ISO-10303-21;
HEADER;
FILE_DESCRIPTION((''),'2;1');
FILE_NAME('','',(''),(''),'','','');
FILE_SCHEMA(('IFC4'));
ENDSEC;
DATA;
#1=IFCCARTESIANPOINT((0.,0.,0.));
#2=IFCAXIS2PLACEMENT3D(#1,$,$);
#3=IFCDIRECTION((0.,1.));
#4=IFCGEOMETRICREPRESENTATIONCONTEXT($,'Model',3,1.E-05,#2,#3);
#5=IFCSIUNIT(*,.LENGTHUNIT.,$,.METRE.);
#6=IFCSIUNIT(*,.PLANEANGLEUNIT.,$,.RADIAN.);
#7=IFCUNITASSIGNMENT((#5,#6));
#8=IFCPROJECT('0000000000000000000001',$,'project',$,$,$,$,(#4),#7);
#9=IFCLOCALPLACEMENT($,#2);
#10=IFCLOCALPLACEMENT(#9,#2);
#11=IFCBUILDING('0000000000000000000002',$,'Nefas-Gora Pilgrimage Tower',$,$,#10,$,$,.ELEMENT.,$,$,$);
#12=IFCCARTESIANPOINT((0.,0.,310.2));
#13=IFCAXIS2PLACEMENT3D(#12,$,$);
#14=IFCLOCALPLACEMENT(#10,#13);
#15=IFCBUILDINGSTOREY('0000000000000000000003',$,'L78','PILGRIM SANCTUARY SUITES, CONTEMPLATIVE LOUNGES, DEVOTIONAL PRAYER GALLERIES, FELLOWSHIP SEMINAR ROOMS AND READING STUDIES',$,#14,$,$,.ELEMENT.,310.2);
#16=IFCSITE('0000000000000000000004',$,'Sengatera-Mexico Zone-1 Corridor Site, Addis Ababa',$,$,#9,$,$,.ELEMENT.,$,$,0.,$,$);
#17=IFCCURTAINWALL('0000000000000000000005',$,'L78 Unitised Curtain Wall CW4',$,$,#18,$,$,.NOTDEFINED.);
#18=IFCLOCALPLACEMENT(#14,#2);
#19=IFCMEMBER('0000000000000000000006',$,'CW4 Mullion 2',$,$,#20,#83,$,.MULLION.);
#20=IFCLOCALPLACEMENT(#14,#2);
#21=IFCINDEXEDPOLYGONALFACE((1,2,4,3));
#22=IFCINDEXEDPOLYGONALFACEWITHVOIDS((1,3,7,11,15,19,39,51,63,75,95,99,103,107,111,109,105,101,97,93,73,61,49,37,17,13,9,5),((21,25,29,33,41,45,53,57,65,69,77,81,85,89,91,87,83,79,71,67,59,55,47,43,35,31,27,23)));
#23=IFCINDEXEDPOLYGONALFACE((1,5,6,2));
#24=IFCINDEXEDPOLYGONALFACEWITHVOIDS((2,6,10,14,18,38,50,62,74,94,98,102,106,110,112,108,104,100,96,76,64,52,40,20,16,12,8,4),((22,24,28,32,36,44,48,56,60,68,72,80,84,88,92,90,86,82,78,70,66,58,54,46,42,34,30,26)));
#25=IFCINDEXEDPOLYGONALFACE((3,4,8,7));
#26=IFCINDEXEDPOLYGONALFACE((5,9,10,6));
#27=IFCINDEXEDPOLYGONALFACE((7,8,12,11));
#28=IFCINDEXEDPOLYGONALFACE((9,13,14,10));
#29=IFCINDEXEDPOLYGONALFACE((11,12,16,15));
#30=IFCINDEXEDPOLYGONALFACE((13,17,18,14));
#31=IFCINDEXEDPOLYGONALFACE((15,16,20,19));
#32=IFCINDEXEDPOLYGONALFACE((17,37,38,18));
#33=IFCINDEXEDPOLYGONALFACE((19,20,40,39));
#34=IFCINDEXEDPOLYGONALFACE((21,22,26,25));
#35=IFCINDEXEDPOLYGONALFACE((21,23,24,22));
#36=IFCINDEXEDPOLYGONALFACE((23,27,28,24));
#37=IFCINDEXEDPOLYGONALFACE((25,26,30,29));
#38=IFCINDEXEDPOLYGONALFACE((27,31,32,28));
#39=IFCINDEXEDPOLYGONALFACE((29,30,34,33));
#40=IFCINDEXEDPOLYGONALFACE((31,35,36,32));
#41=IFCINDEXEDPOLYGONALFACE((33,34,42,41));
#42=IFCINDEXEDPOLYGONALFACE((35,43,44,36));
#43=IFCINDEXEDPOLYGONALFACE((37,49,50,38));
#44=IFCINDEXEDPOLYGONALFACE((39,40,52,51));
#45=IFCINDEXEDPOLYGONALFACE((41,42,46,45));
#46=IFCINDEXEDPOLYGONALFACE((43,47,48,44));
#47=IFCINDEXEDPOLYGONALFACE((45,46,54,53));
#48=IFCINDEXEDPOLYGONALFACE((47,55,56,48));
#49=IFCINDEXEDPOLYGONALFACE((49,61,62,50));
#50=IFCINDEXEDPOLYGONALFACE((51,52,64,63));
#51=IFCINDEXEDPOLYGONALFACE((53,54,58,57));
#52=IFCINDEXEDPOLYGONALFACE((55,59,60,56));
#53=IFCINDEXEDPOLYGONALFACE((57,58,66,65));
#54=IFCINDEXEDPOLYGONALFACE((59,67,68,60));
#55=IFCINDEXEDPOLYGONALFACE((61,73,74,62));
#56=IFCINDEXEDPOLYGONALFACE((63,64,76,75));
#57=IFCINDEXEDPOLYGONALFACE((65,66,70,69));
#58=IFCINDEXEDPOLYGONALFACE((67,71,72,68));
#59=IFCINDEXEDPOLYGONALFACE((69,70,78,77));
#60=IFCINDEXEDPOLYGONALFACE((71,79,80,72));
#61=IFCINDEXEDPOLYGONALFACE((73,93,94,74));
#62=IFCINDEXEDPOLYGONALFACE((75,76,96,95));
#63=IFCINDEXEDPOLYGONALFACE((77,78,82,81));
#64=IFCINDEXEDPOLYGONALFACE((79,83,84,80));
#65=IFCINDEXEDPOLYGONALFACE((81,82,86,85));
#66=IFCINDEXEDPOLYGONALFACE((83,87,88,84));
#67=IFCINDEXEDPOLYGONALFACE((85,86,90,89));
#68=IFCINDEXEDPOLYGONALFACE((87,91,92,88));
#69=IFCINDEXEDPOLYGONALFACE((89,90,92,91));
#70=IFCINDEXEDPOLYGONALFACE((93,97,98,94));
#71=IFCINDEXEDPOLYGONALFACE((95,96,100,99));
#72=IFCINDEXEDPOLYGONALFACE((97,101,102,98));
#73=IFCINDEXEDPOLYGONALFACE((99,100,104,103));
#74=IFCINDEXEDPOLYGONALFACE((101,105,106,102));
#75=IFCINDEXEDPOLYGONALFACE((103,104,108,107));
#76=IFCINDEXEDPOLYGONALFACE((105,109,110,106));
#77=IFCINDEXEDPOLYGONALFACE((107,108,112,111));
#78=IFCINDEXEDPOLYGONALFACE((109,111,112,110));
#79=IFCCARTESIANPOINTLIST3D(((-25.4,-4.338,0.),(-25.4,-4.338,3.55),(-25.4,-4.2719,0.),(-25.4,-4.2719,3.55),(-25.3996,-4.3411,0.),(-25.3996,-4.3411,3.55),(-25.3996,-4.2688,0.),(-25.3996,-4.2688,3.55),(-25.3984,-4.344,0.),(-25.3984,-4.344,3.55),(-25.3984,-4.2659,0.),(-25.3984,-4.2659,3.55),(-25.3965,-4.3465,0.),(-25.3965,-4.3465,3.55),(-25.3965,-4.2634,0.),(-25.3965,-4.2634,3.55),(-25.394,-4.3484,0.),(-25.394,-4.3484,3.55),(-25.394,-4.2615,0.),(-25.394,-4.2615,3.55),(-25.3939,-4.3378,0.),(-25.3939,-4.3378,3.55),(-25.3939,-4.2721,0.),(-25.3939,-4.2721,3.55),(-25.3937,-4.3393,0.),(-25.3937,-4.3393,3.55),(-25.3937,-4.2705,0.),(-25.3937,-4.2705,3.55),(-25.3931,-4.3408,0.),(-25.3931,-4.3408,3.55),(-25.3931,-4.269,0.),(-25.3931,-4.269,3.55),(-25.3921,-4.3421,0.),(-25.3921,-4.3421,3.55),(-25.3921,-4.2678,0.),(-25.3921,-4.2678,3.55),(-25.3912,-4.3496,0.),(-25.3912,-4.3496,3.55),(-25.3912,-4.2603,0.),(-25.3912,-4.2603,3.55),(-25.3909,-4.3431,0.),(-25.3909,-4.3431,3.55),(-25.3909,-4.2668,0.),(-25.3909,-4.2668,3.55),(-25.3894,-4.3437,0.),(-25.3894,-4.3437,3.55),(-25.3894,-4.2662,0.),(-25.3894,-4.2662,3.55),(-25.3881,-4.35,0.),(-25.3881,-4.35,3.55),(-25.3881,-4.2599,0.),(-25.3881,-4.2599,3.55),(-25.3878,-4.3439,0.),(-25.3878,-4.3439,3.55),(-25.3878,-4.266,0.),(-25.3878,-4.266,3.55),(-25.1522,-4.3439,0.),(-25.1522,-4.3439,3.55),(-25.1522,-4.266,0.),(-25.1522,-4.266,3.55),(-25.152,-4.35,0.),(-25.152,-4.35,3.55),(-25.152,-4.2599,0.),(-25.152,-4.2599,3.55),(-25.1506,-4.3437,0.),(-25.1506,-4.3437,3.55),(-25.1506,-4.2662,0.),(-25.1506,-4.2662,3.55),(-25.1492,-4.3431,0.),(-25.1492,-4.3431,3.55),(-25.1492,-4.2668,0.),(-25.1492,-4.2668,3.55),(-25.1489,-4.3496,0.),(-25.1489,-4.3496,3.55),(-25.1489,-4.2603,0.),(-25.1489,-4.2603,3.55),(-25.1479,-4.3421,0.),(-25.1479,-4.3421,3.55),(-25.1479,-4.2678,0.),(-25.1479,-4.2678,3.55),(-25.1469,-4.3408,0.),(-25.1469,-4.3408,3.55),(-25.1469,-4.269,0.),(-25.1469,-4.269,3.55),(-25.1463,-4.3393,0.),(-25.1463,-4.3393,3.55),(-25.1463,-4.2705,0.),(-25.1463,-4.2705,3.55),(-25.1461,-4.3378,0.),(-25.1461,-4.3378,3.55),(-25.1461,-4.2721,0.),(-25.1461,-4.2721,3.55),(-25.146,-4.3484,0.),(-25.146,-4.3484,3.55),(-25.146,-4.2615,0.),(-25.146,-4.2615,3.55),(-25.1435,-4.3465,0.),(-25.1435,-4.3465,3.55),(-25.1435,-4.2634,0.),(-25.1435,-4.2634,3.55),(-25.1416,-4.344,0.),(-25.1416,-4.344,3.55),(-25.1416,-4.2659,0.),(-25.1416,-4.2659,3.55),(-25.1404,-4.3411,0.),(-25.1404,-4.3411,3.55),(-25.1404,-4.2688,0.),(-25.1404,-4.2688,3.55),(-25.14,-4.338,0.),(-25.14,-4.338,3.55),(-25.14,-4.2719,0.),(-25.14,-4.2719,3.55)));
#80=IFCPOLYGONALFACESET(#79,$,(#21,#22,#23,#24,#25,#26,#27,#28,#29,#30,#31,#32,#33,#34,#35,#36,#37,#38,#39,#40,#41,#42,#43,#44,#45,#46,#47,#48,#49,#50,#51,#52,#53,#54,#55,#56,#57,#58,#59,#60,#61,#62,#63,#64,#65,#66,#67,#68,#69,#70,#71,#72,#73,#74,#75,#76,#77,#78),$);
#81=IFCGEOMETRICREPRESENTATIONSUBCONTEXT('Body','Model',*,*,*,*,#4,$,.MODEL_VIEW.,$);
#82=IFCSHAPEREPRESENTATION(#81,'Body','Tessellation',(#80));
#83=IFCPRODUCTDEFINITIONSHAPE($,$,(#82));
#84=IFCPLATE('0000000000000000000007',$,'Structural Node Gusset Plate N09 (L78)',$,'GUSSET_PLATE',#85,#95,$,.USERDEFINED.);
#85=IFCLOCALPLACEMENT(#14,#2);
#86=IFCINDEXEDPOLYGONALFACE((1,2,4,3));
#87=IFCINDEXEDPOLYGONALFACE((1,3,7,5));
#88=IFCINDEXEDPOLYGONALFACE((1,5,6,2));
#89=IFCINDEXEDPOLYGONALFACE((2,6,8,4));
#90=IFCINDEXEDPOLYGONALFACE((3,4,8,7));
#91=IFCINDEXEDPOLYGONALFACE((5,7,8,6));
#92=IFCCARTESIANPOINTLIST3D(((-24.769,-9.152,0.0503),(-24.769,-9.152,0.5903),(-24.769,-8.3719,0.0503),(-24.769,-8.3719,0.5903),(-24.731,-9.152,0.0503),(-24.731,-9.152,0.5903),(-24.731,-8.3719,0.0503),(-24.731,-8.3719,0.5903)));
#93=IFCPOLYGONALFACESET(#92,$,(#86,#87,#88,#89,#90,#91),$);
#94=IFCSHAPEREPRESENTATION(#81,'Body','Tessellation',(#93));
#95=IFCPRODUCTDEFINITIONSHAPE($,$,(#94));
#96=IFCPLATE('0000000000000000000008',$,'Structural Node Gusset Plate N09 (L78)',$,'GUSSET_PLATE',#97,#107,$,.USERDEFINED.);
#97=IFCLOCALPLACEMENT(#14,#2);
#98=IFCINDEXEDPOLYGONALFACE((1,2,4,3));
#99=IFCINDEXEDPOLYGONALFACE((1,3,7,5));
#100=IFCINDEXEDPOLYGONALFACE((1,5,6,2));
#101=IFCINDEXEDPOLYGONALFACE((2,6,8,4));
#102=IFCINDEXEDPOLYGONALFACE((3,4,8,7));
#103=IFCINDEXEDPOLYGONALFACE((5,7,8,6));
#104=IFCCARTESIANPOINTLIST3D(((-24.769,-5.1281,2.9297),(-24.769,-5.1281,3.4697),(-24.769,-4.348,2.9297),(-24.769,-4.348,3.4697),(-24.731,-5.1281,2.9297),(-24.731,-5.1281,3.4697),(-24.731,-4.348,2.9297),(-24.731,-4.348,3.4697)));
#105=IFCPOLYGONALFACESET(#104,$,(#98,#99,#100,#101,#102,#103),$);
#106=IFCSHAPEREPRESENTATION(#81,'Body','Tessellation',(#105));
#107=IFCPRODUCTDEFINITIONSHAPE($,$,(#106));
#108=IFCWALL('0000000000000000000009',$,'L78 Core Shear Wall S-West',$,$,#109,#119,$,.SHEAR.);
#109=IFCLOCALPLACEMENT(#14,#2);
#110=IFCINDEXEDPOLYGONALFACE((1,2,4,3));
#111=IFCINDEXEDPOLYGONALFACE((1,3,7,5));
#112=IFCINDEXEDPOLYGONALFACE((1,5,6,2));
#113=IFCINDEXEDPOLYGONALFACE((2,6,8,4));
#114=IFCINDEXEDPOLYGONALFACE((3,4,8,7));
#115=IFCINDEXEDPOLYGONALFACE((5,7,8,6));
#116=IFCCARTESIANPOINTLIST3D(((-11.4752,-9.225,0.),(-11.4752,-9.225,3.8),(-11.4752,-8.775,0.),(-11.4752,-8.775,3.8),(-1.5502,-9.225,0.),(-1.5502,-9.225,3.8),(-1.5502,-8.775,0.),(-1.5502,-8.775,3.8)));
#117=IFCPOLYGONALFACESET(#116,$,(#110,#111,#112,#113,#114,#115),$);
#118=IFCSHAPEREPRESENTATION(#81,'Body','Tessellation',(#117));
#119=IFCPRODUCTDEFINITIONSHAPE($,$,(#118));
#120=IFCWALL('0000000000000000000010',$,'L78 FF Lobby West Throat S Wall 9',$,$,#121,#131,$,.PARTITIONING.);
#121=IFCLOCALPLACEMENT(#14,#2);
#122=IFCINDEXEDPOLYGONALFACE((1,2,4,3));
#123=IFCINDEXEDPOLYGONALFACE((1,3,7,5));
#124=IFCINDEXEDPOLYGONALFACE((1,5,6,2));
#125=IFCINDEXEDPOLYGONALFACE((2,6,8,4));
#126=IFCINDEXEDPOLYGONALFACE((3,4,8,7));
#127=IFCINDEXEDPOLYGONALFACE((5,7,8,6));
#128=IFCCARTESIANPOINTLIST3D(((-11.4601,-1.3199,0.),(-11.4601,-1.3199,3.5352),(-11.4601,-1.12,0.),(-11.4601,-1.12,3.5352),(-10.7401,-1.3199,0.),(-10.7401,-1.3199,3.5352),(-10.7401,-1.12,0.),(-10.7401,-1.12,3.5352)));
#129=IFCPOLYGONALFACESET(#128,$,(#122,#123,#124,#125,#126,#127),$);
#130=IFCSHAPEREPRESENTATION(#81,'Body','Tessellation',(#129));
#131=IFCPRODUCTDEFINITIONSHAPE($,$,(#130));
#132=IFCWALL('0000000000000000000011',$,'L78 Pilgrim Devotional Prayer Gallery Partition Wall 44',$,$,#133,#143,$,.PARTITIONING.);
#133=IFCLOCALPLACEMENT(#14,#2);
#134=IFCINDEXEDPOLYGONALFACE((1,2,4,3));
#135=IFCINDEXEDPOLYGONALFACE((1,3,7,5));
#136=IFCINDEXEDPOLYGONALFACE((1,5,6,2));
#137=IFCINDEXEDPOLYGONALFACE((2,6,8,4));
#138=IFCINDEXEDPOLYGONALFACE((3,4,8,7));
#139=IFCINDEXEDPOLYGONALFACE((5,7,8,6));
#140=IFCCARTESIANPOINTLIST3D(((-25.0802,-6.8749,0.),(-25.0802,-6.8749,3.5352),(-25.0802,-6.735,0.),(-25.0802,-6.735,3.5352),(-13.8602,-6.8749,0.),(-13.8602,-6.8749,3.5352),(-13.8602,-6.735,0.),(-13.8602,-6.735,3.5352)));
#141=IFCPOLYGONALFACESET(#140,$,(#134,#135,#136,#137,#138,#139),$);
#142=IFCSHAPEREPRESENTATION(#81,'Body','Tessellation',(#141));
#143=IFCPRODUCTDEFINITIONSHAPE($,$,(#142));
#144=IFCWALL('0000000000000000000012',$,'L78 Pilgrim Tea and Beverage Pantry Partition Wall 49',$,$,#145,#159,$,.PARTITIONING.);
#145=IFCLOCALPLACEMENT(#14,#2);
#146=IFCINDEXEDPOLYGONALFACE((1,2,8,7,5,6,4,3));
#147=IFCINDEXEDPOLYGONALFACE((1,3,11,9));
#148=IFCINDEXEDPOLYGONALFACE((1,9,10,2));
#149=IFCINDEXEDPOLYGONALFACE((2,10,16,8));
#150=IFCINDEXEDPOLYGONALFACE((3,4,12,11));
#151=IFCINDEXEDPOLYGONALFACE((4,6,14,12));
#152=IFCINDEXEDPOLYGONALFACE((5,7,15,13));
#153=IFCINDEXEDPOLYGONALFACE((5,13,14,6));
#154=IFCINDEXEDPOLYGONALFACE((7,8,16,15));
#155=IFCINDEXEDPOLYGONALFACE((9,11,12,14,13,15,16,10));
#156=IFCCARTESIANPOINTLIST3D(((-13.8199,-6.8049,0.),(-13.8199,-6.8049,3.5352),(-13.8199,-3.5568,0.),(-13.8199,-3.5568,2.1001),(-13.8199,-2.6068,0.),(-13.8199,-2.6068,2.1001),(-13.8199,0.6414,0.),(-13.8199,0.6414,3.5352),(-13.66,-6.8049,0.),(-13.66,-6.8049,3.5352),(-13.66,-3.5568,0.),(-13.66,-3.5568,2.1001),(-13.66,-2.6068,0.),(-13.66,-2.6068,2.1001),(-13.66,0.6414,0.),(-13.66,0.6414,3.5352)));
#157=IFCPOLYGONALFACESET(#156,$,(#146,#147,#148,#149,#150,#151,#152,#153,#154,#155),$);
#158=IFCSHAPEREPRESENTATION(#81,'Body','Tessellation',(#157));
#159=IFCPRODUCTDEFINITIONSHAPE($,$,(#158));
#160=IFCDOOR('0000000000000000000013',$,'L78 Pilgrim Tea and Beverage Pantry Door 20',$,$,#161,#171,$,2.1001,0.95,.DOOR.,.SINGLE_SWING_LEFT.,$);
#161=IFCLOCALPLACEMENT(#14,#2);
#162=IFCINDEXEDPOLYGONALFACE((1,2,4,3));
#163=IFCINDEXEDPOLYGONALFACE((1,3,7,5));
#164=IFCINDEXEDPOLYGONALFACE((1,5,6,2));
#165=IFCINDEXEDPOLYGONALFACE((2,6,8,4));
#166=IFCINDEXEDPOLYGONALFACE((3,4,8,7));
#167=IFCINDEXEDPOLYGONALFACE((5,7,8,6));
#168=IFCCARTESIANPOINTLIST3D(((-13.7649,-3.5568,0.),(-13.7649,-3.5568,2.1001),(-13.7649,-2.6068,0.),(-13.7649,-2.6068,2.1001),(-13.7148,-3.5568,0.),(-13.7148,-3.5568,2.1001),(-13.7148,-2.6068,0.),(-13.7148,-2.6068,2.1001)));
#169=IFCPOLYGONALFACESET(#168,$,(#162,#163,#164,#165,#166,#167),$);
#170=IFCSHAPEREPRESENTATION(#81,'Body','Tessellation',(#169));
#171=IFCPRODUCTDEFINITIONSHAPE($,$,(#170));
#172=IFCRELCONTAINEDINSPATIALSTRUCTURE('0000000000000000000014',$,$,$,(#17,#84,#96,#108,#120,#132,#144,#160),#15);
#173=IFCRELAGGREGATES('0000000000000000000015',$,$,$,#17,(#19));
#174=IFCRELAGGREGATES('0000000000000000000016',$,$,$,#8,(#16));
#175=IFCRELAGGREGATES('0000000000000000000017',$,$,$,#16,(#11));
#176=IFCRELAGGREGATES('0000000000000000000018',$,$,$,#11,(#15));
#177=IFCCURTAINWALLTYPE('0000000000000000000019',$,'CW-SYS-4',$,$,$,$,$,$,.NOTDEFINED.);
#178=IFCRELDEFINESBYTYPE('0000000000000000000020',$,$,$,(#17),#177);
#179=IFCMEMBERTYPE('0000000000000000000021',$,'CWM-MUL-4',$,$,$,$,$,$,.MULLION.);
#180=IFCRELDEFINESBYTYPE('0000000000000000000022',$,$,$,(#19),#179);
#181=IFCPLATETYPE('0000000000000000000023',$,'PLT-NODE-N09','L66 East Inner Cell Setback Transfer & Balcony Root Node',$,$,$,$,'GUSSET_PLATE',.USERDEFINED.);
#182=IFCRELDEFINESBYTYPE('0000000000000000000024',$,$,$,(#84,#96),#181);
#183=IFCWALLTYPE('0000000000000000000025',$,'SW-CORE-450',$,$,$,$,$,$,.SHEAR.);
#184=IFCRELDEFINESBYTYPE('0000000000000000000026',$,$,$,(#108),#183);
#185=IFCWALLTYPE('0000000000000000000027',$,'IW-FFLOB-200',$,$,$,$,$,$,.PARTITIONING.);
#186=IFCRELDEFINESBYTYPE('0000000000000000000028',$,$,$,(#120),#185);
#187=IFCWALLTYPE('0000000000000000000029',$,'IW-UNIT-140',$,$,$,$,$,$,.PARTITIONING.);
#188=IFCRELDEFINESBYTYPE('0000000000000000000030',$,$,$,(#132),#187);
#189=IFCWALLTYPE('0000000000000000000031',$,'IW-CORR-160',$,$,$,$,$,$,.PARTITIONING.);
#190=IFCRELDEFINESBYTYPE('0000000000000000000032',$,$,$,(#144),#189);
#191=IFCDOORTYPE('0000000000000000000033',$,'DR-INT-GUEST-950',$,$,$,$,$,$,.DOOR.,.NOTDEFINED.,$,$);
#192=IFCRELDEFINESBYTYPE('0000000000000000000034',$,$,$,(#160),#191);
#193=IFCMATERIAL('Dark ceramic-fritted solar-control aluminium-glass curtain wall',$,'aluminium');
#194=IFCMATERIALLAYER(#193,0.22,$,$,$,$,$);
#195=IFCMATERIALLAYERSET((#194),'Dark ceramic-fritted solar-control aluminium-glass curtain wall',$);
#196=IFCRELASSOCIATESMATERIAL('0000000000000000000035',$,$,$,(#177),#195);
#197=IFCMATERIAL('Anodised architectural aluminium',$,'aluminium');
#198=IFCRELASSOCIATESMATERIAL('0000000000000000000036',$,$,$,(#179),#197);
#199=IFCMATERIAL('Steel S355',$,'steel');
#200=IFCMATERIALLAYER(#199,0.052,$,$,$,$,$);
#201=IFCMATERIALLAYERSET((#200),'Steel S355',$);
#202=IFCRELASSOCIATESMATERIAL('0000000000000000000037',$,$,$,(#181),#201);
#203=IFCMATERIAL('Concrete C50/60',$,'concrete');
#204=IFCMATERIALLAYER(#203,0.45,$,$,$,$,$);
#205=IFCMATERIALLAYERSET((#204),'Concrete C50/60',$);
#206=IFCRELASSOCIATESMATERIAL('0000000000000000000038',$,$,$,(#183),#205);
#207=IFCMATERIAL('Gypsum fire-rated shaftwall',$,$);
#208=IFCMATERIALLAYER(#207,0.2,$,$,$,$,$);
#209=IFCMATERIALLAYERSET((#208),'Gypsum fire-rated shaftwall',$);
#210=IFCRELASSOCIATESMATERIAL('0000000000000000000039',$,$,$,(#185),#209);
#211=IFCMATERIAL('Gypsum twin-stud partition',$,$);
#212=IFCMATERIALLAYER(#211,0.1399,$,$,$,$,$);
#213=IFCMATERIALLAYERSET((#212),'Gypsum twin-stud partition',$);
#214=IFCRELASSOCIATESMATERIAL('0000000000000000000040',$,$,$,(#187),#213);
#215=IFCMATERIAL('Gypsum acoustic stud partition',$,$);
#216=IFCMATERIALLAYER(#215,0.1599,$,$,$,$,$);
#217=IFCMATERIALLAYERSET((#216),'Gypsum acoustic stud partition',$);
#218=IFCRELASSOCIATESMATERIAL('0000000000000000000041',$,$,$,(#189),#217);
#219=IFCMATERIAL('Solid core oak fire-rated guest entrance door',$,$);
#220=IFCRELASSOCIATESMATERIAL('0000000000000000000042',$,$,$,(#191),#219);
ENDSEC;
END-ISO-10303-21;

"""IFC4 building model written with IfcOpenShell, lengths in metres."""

from ifc_helpers import new_model, si_unit, direction, frame, frame_2d, origin, origin_2d, place, context, subcontext, project, spatial, rectangle, hollow_rectangle, extrude, source, transform, mapped, material, layer, layer_set, material_profile, profile_set, type_object, element, fill, aggregate, save


model = new_model("IFC4")

# Units and contexts
model_context = context("Model", 3, precision=1e-05, world=origin(), true_north=direction((0.0, 1.0)))
body_context = subcontext(model_context, "Body", "Model", "MODEL_VIEW")
ifc_project = project(units=[si_unit("LENGTHUNIT", "METRE"), si_unit("PLANEANGLEUNIT", "RADIAN")], contexts=[model_context])

# Site, building, storey
site_placement = place(None, origin())
site = spatial("IfcSite", under=ifc_project, at=site_placement, Name="Sengatera-Mexico Zone-1 Corridor Site, Addis Ababa", CompositionType="ELEMENT", RefElevation=0.0)
building_placement = place(site_placement, origin())
building = spatial("IfcBuilding", under=site, at=building_placement, Name="Nefas-Gora Pilgrimage Tower", CompositionType="ELEMENT")
storey_placement = place(building_placement, frame((0.0, 0.0, 310.2)))
storey = spatial("IfcBuildingStorey", under=building, at=storey_placement, Name="L78", Description="PILGRIM SANCTUARY SUITES, CONTEMPLATIVE LOUNGES, DEVOTIONAL PRAYER GALLERIES, FELLOWSHIP SEMINAR ROOMS AND READING STUDIES", CompositionType="ELEMENT", Elevation=310.2)

# Shared definitions
ifc_material_1 = material(Name="Steel S355", Category="steel")

# Curtain wall, member
ifc_material_2 = material(Name="Dark ceramic-fritted solar-control aluminium-glass curtain wall", Category="aluminium")
ifc_layer_1 = layer(ifc_material_2, 0.22)
ifc_layer_set_1 = layer_set([ifc_layer_1], Name="Dark ceramic-fritted solar-control aluminium-glass curtain wall")
curtain_wall_type = type_object("IfcCurtainWallType", Name="CW-SYS-4", PredefinedType="NOTDEFINED", material=ifc_layer_set_1)
curtain_wall_placement = place(storey_placement, origin())
curtain_wall = element("IfcCurtainWall", 1, at=curtain_wall_placement, inside=storey, type_object=curtain_wall_type, Name="L78 Unitised Curtain Wall CW4", PredefinedType="NOTDEFINED")
ifc_material_3 = material(Name="Anodised architectural aluminium", Category="aluminium")
ifc_material_profile_1 = material_profile(ifc_material_3, hollow_rectangle(XDim=0.0901, YDim=0.26, WallThickness=0.0061, InnerFilletRadius=0.0061, OuterFilletRadius=0.012, at=origin_2d()), Name="ALU MULLION 90x260")
ifc_profile_set_1 = profile_set([ifc_material_profile_1], Name="Anodised architectural aluminium")
member_type_1 = type_object("IfcMemberType", Name="CWM-MUL-4", PredefinedType="MULLION", material=ifc_profile_set_1)
shared_shape_1 = source(origin(), body_context, "Body", "SweptSolid", [
    extrude(hollow_rectangle(XDim=0.0901, YDim=0.26, WallThickness=0.0061, InnerFilletRadius=0.0061, OuterFilletRadius=0.012, at=origin_2d()), origin(), (0.0, 0.0, 1.0), 3.55),
])
member_1_placement = place(storey_placement, frame((-25.27, -4.3049, 0.0), z_axis=(0.0, 0.0, 1.0), x_axis=(0.0, -1.0, 0.0)))
member_1 = element("IfcMember", 2, at=member_1_placement, type_object=member_type_1, Name="CW4 Mullion 2", PredefinedType="MULLION", context=body_context, shape_type="MappedRepresentation", body=[
    mapped(shared_shape_1, transform((0.0, 0.0, 0.0), x_axis=(1.0, 0.0, 0.0), y_axis=(0.0, 1.0, 0.0), z_axis=(0.0, 0.0, 1.0), scale=1.0)),
])
aggregate(curtain_wall, [member_1])

# Plates
ifc_layer_2 = layer(ifc_material_1, 0.052)
ifc_layer_set_2 = layer_set([ifc_layer_2], Name="Steel S355")
plate_type = type_object("IfcPlateType", Name="PLT-NODE-N09", Description="L66 East Inner Cell Setback Transfer & Balcony Root Node", ElementType="GUSSET_PLATE", PredefinedType="USERDEFINED", material=ifc_layer_set_2)
shared_shape_2 = source(origin(), body_context, "Body", "SweptSolid", [
    extrude(rectangle(XDim=0.78, YDim=0.0381, at=origin_2d()), origin(), (0.0, 0.0, 1.0), 0.54),
])
for number, where, z_axis, x_axis, name in (
    (3, (-24.75, -8.762, 0.0503), (0.0, 0.0, 1.0), (0.0, 1.0, 0.0), "Structural Node Gusset Plate N09 (L78)"),
    (4, (-24.75, -4.738, 2.9297), (0.0, 0.0, 1.0), (0.0, 1.0, 0.0), "Structural Node Gusset Plate N09 (L78)"),
):
    element("IfcPlate", number, at=place(storey_placement, frame(where, z_axis=z_axis, x_axis=x_axis)), inside=storey, type_object=plate_type, Name=name, ObjectType="GUSSET_PLATE", PredefinedType="USERDEFINED", context=body_context, shape_type="MappedRepresentation", body=[
        mapped(shared_shape_2, transform((0.0, 0.0, 0.0), x_axis=(1.0, 0.0, 0.0), y_axis=(0.0, 1.0, 0.0), z_axis=(0.0, 0.0, 1.0), scale=1.0)),
    ])

# Walls
ifc_material_4 = material(Name="Concrete C50/60", Category="concrete")
ifc_layer_3 = layer(ifc_material_4, 0.45)
ifc_layer_set_3 = layer_set([ifc_layer_3], Name="Concrete C50/60")
wall_type_1 = type_object("IfcWallType", Name="SW-CORE-450", PredefinedType="SHEAR", material=ifc_layer_set_3)
shared_shape_3 = source(origin(), body_context, "Body", "SweptSolid", [
    extrude(rectangle(XDim=9.925, YDim=0.45, at=frame_2d((4.9624, 0.0))), origin(), (0.0, 0.0, 1.0), 3.8),
])
wall_1_placement = place(storey_placement, frame((-11.4751, -9.0, 0.0), z_axis=(0.0, 0.0, 1.0), x_axis=(1.0, 0.0, 0.0)))
element("IfcWall", 5, at=wall_1_placement, inside=storey, type_object=wall_type_1, Name="L78 Core Shear Wall S-West", PredefinedType="SHEAR", context=body_context, shape_type="MappedRepresentation", body=[
    mapped(shared_shape_3, transform((0.0, 0.0, 0.0), x_axis=(1.0, 0.0, 0.0), y_axis=(0.0, 1.0, 0.0), z_axis=(0.0, 0.0, 1.0), scale=1.0)),
])
ifc_material_5 = material(Name="Gypsum fire-rated shaftwall")
ifc_layer_4 = layer(ifc_material_5, 0.2)
ifc_layer_set_4 = layer_set([ifc_layer_4], Name="Gypsum fire-rated shaftwall")
wall_type_2 = type_object("IfcWallType", Name="IW-FFLOB-200", PredefinedType="PARTITIONING", material=ifc_layer_set_4)
shared_shape_4 = source(origin(), body_context, "Body", "SweptSolid", [
    extrude(rectangle(XDim=0.72, YDim=0.2, at=frame_2d((0.3599, 0.0))), origin(), (0.0, 0.0, 1.0), 3.5352),
])
wall_2_placement = place(storey_placement, frame((-11.46, -1.22, 0.0), z_axis=(0.0, 0.0, 1.0), x_axis=(1.0, 0.0, 0.0)))
element("IfcWall", 6, at=wall_2_placement, inside=storey, type_object=wall_type_2, Name="L78 FF Lobby West Throat S Wall 9", PredefinedType="PARTITIONING", context=body_context, shape_type="MappedRepresentation", body=[
    mapped(shared_shape_4, transform((0.0, 0.0, 0.0), x_axis=(1.0, 0.0, 0.0), y_axis=(0.0, 1.0, 0.0), z_axis=(0.0, 0.0, 1.0), scale=1.0)),
])
ifc_material_6 = material(Name="Gypsum twin-stud partition")
ifc_layer_5 = layer(ifc_material_6, 0.1399)
ifc_layer_set_5 = layer_set([ifc_layer_5], Name="Gypsum twin-stud partition")
wall_type_3 = type_object("IfcWallType", Name="IW-UNIT-140", PredefinedType="PARTITIONING", material=ifc_layer_set_5)
shared_shape_5 = source(origin(), body_context, "Body", "SweptSolid", [
    extrude(rectangle(XDim=11.22, YDim=0.1399, at=frame_2d((5.6099, 0.0))), origin(), (0.0, 0.0, 1.0), 3.5352),
])
wall_3_placement = place(storey_placement, frame((-25.0801, -6.8049, 0.0), z_axis=(0.0, 0.0, 1.0), x_axis=(1.0, 0.0, 0.0)))
element("IfcWall", 7, at=wall_3_placement, inside=storey, type_object=wall_type_3, Name="L78 Pilgrim Devotional Prayer Gallery Partition Wall 44", PredefinedType="PARTITIONING", context=body_context, shape_type="MappedRepresentation", body=[
    mapped(shared_shape_5, transform((0.0, 0.0, 0.0), x_axis=(1.0, 0.0, 0.0), y_axis=(0.0, 1.0, 0.0), z_axis=(0.0, 0.0, 1.0), scale=1.0)),
])

# Wall, opening, door
ifc_material_7 = material(Name="Gypsum acoustic stud partition")
ifc_layer_6 = layer(ifc_material_7, 0.1599)
ifc_layer_set_6 = layer_set([ifc_layer_6], Name="Gypsum acoustic stud partition")
wall_type_4 = type_object("IfcWallType", Name="IW-CORR-160", PredefinedType="PARTITIONING", material=ifc_layer_set_6)
shared_shape_6 = source(origin(), body_context, "Body", "SweptSolid", [
    extrude(rectangle(XDim=7.4463, YDim=0.1599, at=frame_2d((3.7231, 0.0))), origin(), (0.0, 0.0, 1.0), 3.5352),
])
wall_4_placement = place(storey_placement, frame((-13.74, -6.8049, 0.0), z_axis=(0.0, 0.0, 1.0), x_axis=(0.0, 1.0, 0.0)))
wall_4 = element("IfcWall", 8, at=wall_4_placement, inside=storey, type_object=wall_type_4, Name="L78 Pilgrim Tea and Beverage Pantry Partition Wall 49", PredefinedType="PARTITIONING", context=body_context, shape_type="MappedRepresentation", body=[
    mapped(shared_shape_6, transform((0.0, 0.0, 0.0), x_axis=(1.0, 0.0, 0.0), y_axis=(0.0, 1.0, 0.0), z_axis=(0.0, 0.0, 1.0), scale=1.0)),
])
opening_1_placement = place(wall_4_placement, frame((3.248, 0.0, 0.0)))
opening_1 = element("IfcOpeningElement", 9, at=opening_1_placement, cuts=wall_4, PredefinedType="OPENING", context=body_context, shape_type="SweptSolid", body=[
    extrude(rectangle(XDim=0.95, YDim=2.1001, at=frame_2d((0.4751, 1.05))), frame((0.0, 0.0898, 0.0), z_axis=(0.0, -1.0, 0.0), x_axis=(1.0, 0.0, 0.0)), (0.0, 0.0, 1.0), 0.1799),
])
ifc_material_8 = material(Name="Solid core oak fire-rated guest entrance door")
door_type_1 = type_object("IfcDoorType", Name="DR-INT-GUEST-950", OperationType="NOTDEFINED", PredefinedType="DOOR", material=ifc_material_8)
shared_shape_7 = source(origin(), body_context, "Body", "SweptSolid", [
    extrude(rectangle(XDim=0.95, YDim=2.1001, at=frame_2d((0.4751, 1.05))), frame((0.0, 0.0249, 0.0), z_axis=(0.0, -1.0, 0.0), x_axis=(1.0, 0.0, 0.0)), (0.0, 0.0, 1.0), 0.05),
])
door_1_placement = place(opening_1_placement, origin())
door_1 = element("IfcDoor", 10, at=door_1_placement, inside=storey, type_object=door_type_1, Name="L78 Pilgrim Tea and Beverage Pantry Door 20", OperationType="SINGLE_SWING_LEFT", OverallHeight=2.1001, OverallWidth=0.95, PredefinedType="DOOR", context=body_context, shape_type="MappedRepresentation", body=[
    mapped(shared_shape_7, transform((0.0, 0.0, 0.0), x_axis=(1.0, 0.0, 0.0), y_axis=(0.0, 1.0, 0.0), z_axis=(0.0, 0.0, 1.0), scale=1.0)),
])
fill(opening_1, door_1)

save(model, "model.ifc")
